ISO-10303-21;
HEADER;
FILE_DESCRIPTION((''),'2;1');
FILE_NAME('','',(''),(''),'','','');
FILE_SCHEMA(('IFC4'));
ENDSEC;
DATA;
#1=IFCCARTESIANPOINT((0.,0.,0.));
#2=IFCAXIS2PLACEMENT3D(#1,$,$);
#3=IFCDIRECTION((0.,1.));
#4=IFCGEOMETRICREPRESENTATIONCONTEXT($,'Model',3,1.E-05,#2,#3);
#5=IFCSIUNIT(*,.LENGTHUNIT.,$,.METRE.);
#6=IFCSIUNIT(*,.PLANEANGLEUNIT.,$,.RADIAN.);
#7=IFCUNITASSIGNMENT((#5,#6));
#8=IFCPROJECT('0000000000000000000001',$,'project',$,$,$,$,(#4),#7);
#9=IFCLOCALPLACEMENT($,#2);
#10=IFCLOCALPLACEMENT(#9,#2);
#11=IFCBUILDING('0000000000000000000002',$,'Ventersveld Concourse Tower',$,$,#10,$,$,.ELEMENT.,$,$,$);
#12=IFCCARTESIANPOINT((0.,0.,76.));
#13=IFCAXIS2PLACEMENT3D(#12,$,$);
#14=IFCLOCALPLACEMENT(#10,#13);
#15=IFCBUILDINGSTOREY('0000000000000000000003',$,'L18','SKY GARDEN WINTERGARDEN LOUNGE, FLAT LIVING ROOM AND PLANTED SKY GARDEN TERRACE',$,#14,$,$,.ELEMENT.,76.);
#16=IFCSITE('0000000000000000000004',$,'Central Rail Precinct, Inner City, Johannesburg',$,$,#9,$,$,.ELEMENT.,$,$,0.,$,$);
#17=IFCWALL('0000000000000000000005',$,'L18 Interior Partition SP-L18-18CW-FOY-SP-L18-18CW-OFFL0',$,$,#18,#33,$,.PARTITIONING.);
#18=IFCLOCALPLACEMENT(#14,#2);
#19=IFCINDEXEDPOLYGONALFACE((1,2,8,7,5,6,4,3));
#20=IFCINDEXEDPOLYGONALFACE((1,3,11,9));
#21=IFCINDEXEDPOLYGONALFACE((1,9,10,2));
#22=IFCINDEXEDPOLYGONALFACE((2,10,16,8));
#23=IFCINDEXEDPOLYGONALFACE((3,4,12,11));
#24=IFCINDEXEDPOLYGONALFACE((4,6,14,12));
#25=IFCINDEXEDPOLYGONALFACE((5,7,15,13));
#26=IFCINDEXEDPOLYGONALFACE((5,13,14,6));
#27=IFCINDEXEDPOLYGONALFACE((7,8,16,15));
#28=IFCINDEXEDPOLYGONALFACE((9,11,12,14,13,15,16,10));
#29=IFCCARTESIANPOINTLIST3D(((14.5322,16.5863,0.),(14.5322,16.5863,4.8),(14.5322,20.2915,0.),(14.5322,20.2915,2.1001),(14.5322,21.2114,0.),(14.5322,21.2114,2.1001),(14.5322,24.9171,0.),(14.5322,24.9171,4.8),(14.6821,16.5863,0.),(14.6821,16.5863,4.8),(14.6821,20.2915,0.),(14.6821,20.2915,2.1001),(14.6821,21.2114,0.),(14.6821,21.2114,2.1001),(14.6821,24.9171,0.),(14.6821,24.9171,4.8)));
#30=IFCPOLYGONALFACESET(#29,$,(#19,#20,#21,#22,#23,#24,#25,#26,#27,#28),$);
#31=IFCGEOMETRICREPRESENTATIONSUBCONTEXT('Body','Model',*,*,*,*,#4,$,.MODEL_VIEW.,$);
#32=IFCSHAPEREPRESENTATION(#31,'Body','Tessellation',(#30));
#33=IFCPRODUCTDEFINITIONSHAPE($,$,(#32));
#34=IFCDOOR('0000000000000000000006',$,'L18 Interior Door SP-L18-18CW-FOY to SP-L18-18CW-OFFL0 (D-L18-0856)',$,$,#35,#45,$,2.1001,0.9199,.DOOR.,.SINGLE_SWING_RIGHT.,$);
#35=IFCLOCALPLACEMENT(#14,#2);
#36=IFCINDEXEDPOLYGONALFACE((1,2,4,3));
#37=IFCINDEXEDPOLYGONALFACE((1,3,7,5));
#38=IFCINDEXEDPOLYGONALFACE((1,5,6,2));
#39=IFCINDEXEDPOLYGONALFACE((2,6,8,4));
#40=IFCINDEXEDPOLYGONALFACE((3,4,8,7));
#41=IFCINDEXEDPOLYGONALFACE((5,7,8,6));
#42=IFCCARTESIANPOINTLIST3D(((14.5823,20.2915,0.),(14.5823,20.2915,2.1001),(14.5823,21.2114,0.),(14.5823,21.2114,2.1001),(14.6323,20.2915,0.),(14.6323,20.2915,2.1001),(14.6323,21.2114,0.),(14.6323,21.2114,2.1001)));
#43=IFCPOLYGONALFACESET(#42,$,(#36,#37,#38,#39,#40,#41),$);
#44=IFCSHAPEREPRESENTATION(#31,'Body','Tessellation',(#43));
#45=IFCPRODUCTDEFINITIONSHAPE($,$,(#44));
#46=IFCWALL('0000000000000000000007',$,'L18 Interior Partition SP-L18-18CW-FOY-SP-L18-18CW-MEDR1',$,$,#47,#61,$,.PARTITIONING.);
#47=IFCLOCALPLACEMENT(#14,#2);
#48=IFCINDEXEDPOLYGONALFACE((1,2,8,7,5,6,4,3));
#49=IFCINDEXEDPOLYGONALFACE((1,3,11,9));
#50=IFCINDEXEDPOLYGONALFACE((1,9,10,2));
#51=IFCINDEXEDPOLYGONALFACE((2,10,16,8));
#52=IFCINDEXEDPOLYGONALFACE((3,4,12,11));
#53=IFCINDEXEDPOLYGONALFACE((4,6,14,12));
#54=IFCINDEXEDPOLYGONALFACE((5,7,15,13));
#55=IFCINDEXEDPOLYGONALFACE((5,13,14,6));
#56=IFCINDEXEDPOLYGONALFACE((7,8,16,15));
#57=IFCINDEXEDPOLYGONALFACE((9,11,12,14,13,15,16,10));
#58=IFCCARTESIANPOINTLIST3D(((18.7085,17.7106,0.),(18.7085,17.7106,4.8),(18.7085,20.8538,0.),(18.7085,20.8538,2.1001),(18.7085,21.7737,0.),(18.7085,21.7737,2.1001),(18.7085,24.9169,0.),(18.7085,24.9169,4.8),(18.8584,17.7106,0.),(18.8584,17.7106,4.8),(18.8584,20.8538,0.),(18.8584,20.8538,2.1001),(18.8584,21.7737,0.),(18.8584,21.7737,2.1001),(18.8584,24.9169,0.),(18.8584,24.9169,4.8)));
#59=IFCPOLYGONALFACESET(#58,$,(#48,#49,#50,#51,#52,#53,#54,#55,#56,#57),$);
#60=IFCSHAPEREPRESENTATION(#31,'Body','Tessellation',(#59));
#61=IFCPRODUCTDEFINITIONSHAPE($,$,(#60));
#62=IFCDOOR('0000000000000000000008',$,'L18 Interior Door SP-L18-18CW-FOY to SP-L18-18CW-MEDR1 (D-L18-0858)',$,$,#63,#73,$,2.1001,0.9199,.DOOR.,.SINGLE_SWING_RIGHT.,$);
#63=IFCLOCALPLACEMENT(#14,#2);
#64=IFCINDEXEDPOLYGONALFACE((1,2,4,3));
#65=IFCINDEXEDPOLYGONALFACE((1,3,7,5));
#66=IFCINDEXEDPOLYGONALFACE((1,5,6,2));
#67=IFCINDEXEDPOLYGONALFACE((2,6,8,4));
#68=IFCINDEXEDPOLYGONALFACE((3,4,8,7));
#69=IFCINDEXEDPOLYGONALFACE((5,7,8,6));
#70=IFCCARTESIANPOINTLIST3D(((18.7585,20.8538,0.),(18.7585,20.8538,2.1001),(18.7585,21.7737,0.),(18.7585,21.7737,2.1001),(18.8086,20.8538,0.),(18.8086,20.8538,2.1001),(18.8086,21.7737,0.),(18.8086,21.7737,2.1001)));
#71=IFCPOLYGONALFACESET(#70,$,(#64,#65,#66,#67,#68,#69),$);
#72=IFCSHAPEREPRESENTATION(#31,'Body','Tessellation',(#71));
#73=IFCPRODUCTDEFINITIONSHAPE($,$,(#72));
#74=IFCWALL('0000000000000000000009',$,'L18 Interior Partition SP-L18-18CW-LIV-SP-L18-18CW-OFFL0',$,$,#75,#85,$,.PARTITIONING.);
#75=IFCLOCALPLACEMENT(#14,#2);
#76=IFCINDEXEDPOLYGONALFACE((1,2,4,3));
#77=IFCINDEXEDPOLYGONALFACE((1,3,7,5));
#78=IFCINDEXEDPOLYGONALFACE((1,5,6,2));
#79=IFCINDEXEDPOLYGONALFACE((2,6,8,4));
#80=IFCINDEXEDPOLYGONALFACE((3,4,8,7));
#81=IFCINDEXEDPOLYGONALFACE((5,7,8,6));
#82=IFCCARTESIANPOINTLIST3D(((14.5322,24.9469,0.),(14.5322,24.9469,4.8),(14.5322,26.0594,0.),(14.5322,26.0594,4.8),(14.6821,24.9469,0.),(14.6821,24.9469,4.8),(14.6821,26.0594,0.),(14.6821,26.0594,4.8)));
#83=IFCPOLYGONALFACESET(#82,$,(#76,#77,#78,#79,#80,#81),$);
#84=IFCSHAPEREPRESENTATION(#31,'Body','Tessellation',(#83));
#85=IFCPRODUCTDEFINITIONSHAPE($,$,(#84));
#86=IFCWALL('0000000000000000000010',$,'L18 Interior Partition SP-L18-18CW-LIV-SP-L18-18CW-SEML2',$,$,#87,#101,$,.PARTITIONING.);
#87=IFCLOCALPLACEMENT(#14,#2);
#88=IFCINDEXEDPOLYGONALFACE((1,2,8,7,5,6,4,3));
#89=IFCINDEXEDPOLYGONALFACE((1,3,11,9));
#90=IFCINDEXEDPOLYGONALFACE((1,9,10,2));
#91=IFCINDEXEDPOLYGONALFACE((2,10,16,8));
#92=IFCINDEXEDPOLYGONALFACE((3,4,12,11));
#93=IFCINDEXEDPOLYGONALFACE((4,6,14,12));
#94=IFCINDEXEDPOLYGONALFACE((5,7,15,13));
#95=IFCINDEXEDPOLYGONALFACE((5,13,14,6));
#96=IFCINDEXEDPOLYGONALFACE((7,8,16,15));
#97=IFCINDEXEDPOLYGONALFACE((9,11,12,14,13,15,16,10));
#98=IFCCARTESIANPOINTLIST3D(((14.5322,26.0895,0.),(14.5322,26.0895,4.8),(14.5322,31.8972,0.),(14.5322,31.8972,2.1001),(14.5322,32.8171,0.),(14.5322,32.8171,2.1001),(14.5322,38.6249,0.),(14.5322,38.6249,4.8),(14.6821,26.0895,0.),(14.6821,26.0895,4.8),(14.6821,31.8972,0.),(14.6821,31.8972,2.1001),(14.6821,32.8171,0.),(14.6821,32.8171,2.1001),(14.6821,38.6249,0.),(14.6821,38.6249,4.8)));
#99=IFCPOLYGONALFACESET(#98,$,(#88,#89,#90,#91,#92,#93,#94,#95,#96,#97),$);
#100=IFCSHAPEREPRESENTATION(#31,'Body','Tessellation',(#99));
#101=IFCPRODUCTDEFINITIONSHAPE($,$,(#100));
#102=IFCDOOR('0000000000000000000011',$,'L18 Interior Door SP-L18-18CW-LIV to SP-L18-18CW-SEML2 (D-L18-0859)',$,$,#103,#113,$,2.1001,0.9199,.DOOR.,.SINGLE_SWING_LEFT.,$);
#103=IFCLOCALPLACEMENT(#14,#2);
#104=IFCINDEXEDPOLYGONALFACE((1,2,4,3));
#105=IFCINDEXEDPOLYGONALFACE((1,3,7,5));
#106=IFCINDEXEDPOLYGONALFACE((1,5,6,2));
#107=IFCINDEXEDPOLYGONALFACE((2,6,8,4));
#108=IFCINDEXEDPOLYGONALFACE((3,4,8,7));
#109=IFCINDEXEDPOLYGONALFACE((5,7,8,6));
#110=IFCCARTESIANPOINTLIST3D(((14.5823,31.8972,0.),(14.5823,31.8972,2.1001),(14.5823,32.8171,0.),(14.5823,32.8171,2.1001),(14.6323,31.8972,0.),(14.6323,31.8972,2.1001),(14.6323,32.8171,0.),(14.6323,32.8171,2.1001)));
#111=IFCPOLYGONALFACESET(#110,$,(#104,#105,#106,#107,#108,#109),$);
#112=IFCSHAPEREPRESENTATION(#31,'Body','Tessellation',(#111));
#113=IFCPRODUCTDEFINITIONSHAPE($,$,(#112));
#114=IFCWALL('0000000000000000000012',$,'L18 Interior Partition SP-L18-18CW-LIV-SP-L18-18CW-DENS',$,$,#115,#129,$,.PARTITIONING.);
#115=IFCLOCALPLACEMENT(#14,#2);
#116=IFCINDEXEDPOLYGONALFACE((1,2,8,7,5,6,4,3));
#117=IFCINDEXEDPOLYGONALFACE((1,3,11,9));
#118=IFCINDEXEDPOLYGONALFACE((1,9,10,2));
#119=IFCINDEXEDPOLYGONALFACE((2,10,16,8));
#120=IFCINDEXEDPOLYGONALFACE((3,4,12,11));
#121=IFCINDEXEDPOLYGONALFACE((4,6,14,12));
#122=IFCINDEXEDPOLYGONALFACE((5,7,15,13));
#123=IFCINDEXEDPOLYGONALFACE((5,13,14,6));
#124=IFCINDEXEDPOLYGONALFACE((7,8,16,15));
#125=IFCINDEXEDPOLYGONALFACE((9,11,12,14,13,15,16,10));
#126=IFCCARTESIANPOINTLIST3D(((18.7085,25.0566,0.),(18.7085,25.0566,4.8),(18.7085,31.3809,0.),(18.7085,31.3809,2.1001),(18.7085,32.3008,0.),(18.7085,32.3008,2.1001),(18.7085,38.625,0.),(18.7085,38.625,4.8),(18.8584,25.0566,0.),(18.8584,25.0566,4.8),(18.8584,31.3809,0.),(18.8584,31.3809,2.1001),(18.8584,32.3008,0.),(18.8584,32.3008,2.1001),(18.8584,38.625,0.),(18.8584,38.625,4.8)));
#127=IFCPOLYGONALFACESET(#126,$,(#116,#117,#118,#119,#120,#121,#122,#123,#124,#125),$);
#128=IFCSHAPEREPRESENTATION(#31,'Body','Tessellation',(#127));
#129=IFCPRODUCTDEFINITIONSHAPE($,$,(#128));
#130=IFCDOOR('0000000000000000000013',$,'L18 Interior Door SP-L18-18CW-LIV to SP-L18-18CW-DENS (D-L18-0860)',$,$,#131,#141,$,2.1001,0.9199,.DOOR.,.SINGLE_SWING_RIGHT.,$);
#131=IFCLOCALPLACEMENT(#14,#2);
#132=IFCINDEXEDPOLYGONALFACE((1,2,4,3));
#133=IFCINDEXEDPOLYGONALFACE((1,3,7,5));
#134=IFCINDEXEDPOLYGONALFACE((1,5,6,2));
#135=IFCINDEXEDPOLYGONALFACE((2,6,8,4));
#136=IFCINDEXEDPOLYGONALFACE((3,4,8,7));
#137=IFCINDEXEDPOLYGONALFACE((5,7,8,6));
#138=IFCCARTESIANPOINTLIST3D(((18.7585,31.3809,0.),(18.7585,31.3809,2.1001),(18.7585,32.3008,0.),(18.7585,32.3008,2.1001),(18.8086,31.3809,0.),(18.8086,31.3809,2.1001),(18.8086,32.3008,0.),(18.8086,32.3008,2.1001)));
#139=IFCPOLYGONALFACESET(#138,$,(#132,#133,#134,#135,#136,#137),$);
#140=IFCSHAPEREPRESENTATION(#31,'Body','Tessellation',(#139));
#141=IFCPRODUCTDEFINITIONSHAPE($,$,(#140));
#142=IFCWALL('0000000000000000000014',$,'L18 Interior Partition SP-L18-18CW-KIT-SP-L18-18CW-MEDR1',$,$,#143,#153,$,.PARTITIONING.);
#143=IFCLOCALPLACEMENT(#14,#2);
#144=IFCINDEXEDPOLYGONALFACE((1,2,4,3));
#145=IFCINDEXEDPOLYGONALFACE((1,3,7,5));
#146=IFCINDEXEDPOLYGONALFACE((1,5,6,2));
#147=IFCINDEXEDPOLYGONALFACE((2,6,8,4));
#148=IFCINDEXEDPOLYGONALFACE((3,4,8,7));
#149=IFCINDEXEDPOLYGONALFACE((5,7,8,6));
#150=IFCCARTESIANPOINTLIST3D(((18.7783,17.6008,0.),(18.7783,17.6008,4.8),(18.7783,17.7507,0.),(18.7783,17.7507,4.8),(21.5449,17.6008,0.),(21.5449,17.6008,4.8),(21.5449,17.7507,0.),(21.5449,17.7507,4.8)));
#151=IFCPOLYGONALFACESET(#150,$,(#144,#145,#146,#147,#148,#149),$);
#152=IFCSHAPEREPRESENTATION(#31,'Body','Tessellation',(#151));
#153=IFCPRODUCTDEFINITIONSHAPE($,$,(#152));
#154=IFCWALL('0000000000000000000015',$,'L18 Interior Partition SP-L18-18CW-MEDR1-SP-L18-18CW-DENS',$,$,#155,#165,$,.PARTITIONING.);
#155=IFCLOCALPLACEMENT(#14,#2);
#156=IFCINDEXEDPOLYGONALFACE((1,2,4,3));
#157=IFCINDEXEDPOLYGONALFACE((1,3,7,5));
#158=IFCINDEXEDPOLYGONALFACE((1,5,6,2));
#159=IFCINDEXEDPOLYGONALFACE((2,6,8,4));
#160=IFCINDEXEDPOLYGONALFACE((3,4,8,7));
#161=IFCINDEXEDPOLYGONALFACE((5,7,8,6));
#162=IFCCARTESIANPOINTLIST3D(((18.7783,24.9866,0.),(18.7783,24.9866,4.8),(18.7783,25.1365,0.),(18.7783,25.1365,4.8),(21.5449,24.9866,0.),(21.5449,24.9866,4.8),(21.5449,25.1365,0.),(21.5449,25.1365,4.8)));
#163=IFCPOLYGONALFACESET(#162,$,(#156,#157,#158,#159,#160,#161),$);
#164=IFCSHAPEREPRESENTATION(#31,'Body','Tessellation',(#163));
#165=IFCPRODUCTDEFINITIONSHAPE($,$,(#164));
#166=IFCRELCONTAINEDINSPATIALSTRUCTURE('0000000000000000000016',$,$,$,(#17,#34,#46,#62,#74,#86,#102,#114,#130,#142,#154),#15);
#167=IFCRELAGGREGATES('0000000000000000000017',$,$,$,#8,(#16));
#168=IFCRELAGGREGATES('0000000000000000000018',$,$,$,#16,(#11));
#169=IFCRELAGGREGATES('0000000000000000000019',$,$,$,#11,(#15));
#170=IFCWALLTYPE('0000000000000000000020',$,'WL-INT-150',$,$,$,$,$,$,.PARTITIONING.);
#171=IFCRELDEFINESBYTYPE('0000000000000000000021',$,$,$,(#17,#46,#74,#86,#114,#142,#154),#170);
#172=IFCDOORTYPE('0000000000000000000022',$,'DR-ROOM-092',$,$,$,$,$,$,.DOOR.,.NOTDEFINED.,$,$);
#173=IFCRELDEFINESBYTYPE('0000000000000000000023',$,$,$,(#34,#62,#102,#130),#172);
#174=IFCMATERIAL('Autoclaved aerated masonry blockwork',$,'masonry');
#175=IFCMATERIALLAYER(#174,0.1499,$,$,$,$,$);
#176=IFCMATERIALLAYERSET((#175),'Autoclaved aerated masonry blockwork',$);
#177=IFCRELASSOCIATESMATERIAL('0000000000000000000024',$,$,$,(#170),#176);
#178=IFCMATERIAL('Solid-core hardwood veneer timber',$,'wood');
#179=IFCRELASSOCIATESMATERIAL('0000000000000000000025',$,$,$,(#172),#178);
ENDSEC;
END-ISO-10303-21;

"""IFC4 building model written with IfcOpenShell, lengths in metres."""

from ifc_helpers import new_model, si_unit, direction, frame, frame_2d, origin, place, context, subcontext, project, spatial, rectangle, extrude, material, layer, layer_set, type_object, element, fill, save


model = new_model("IFC4")

# Units and contexts
model_context = context("Model", 3, precision=1e-05, world=origin(), true_north=direction((0.0, 1.0)))
body_context = subcontext(model_context, "Body", "Model", "MODEL_VIEW")
ifc_project = project(units=[si_unit("LENGTHUNIT", "METRE"), si_unit("PLANEANGLEUNIT", "RADIAN")], contexts=[model_context])

# Site, building, storey
site_placement = place(None, origin())
site = spatial("IfcSite", under=ifc_project, at=site_placement, Name="Central Rail Precinct, Inner City, Johannesburg", CompositionType="ELEMENT", RefElevation=0.0)
building_placement = place(site_placement, origin())
building = spatial("IfcBuilding", under=site, at=building_placement, Name="Ventersveld Concourse Tower", CompositionType="ELEMENT")
storey_placement = place(building_placement, frame((0.0, 0.0, 76.0)))
storey = spatial("IfcBuildingStorey", under=building, at=storey_placement, Name="L18", Description="SKY GARDEN WINTERGARDEN LOUNGE, FLAT LIVING ROOM AND PLANTED SKY GARDEN TERRACE", CompositionType="ELEMENT", Elevation=76.0)

# Shared definitions
ifc_material_1 = material(Name="Solid-core hardwood veneer timber", Category="wood")

# Walls, openings, doors
ifc_material_2 = material(Name="Autoclaved aerated masonry blockwork", Category="masonry")
ifc_layer_1 = layer(ifc_material_2, 0.1499)
ifc_layer_set_1 = layer_set([ifc_layer_1], Name="Autoclaved aerated masonry blockwork")
wall_type_1 = type_object("IfcWallType", Name="WL-INT-150", PredefinedType="PARTITIONING", material=ifc_layer_set_1)
door_type_1 = type_object("IfcDoorType", Name="DR-ROOM-092", OperationType="NOTDEFINED", PredefinedType="DOOR", material=ifc_material_1)
wall_1_placement = place(storey_placement, frame((14.6072, 16.5862, 0.0), z_axis=(0.0, 0.0, 1.0), x_axis=(0.0, 1.0, 0.0)))
wall_1 = element("IfcWall", 1, at=wall_1_placement, inside=storey, type_object=wall_type_1, Name="L18 Interior Partition SP-L18-18CW-FOY-SP-L18-18CW-OFFL0", PredefinedType="PARTITIONING", context=body_context, shape_type="SweptSolid", body=[
    extrude(rectangle(XDim=8.3308, YDim=0.1499, at=frame_2d((4.1655, 0.0))), origin(), (0.0, 0.0, 1.0), 4.8),
])
opening_1_placement = place(wall_1_placement, frame((3.7053, 0.0, 0.0)))
opening_1 = element("IfcOpeningElement", 2, at=opening_1_placement, cuts=wall_1, PredefinedType="OPENING", context=body_context, shape_type="SweptSolid", body=[
    extrude(rectangle(XDim=0.9199, YDim=2.1001, at=frame_2d((0.46, 1.05))), frame((0.0, 0.085, 0.0), z_axis=(0.0, -1.0, 0.0), x_axis=(1.0, 0.0, 0.0)), (0.0, 0.0, 1.0), 0.1699),
])
door_1_placement = place(opening_1_placement, origin())
door_1 = element("IfcDoor", 3, at=door_1_placement, inside=storey, type_object=door_type_1, Name="L18 Interior Door SP-L18-18CW-FOY to SP-L18-18CW-OFFL0 (D-L18-0856)", OperationType="SINGLE_SWING_RIGHT", OverallHeight=2.1001, OverallWidth=0.9199, PredefinedType="DOOR", context=body_context, shape_type="SweptSolid", body=[
    extrude(rectangle(XDim=0.9199, YDim=2.1001, at=frame_2d((0.46, 1.05))), frame((0.0, 0.0249, 0.0), z_axis=(0.0, -1.0, 0.0), x_axis=(1.0, 0.0, 0.0)), (0.0, 0.0, 1.0), 0.05),
])
fill(opening_1, door_1)
wall_2_placement = place(storey_placement, frame((18.7834, 17.7107, 0.0), z_axis=(0.0, 0.0, 1.0), x_axis=(0.0, 1.0, 0.0)))
wall_2 = element("IfcWall", 4, at=wall_2_placement, inside=storey, type_object=wall_type_1, Name="L18 Interior Partition SP-L18-18CW-FOY-SP-L18-18CW-MEDR1", PredefinedType="PARTITIONING", context=body_context, shape_type="SweptSolid", body=[
    extrude(rectangle(XDim=7.2063, YDim=0.1499, at=frame_2d((3.603, 0.0))), origin(), (0.0, 0.0, 1.0), 4.8),
])
opening_2_placement = place(wall_2_placement, frame((3.1431, 0.0, 0.0)))
opening_2 = element("IfcOpeningElement", 5, at=opening_2_placement, cuts=wall_2, PredefinedType="OPENING", context=body_context, shape_type="SweptSolid", body=[
    extrude(rectangle(XDim=0.9199, YDim=2.1001, at=frame_2d((0.46, 1.05))), frame((0.0, 0.085, 0.0), z_axis=(0.0, -1.0, 0.0), x_axis=(1.0, 0.0, 0.0)), (0.0, 0.0, 1.0), 0.1699),
])
door_2_placement = place(opening_2_placement, origin())
door_2 = element("IfcDoor", 6, at=door_2_placement, inside=storey, type_object=door_type_1, Name="L18 Interior Door SP-L18-18CW-FOY to SP-L18-18CW-MEDR1 (D-L18-0858)", OperationType="SINGLE_SWING_RIGHT", OverallHeight=2.1001, OverallWidth=0.9199, PredefinedType="DOOR", context=body_context, shape_type="SweptSolid", body=[
    extrude(rectangle(XDim=0.9199, YDim=2.1001, at=frame_2d((0.46, 1.05))), frame((0.0, 0.0249, 0.0), z_axis=(0.0, -1.0, 0.0), x_axis=(1.0, 0.0, 0.0)), (0.0, 0.0, 1.0), 0.05),
])
fill(opening_2, door_2)

# Wall
wall_3_placement = place(storey_placement, frame((14.6072, 24.947, 0.0), z_axis=(0.0, 0.0, 1.0), x_axis=(0.0, 1.0, 0.0)))
element("IfcWall", 7, at=wall_3_placement, inside=storey, type_object=wall_type_1, Name="L18 Interior Partition SP-L18-18CW-LIV-SP-L18-18CW-OFFL0", PredefinedType="PARTITIONING", context=body_context, shape_type="SweptSolid", body=[
    extrude(rectangle(XDim=1.1125, YDim=0.1499, at=frame_2d((0.5562, 0.0))), origin(), (0.0, 0.0, 1.0), 4.8),
])

# Walls, openings, doors
wall_4_placement = place(storey_placement, frame((14.6072, 26.0896, 0.0), z_axis=(0.0, 0.0, 1.0), x_axis=(0.0, 1.0, 0.0)))
wall_4 = element("IfcWall", 8, at=wall_4_placement, inside=storey, type_object=wall_type_1, Name="L18 Interior Partition SP-L18-18CW-LIV-SP-L18-18CW-SEML2", PredefinedType="PARTITIONING", context=body_context, shape_type="SweptSolid", body=[
    extrude(rectangle(XDim=12.5354, YDim=0.1499, at=frame_2d((6.2676, 0.0))), origin(), (0.0, 0.0, 1.0), 4.8),
])
opening_3_placement = place(wall_4_placement, frame((5.8076, 0.0, 0.0)))
opening_3 = element("IfcOpeningElement", 9, at=opening_3_placement, cuts=wall_4, PredefinedType="OPENING", context=body_context, shape_type="SweptSolid", body=[
    extrude(rectangle(XDim=0.9199, YDim=2.1001, at=frame_2d((0.46, 1.05))), frame((0.0, 0.085, 0.0), z_axis=(0.0, -1.0, 0.0), x_axis=(1.0, 0.0, 0.0)), (0.0, 0.0, 1.0), 0.1699),
])
door_3_placement = place(opening_3_placement, origin())
door_3 = element("IfcDoor", 10, at=door_3_placement, inside=storey, type_object=door_type_1, Name="L18 Interior Door SP-L18-18CW-LIV to SP-L18-18CW-SEML2 (D-L18-0859)", OperationType="SINGLE_SWING_LEFT", OverallHeight=2.1001, OverallWidth=0.9199, PredefinedType="DOOR", context=body_context, shape_type="SweptSolid", body=[
    extrude(rectangle(XDim=0.9199, YDim=2.1001, at=frame_2d((0.46, 1.05))), frame((0.0, 0.0249, 0.0), z_axis=(0.0, -1.0, 0.0), x_axis=(1.0, 0.0, 0.0)), (0.0, 0.0, 1.0), 0.05),
])
fill(opening_3, door_3)
wall_5_placement = place(storey_placement, frame((18.7834, 25.0566, 0.0), z_axis=(0.0, 0.0, 1.0), x_axis=(0.0, 1.0, 0.0)))
wall_5 = element("IfcWall", 11, at=wall_5_placement, inside=storey, type_object=wall_type_1, Name="L18 Interior Partition SP-L18-18CW-LIV-SP-L18-18CW-DENS", PredefinedType="PARTITIONING", context=body_context, shape_type="SweptSolid", body=[
    extrude(rectangle(XDim=13.5684, YDim=0.1499, at=frame_2d((6.7842, 0.0))), origin(), (0.0, 0.0, 1.0), 4.8),
])
opening_4_placement = place(wall_5_placement, frame((6.3242, 0.0, 0.0)))
opening_4 = element("IfcOpeningElement", 12, at=opening_4_placement, cuts=wall_5, PredefinedType="OPENING", context=body_context, shape_type="SweptSolid", body=[
    extrude(rectangle(XDim=0.9199, YDim=2.1001, at=frame_2d((0.46, 1.05))), frame((0.0, 0.085, 0.0), z_axis=(0.0, -1.0, 0.0), x_axis=(1.0, 0.0, 0.0)), (0.0, 0.0, 1.0), 0.1699),
])
door_4_placement = place(opening_4_placement, origin())
door_4 = element("IfcDoor", 13, at=door_4_placement, inside=storey, type_object=door_type_1, Name="L18 Interior Door SP-L18-18CW-LIV to SP-L18-18CW-DENS (D-L18-0860)", OperationType="SINGLE_SWING_RIGHT", OverallHeight=2.1001, OverallWidth=0.9199, PredefinedType="DOOR", context=body_context, shape_type="SweptSolid", body=[
    extrude(rectangle(XDim=0.9199, YDim=2.1001, at=frame_2d((0.46, 1.05))), frame((0.0, 0.0249, 0.0), z_axis=(0.0, -1.0, 0.0), x_axis=(1.0, 0.0, 0.0)), (0.0, 0.0, 1.0), 0.05),
])
fill(opening_4, door_4)

# Walls
for number, where, z_axis, x_axis, name in (
    (14, (18.7783, 17.6758, 0.0), (0.0, 0.0, 1.0), (1.0, 0.0, 0.0), "L18 Interior Partition SP-L18-18CW-KIT-SP-L18-18CW-MEDR1"),
    (15, (18.7783, 25.0615, 0.0), (0.0, 0.0, 1.0), (1.0, 0.0, 0.0), "L18 Interior Partition SP-L18-18CW-MEDR1-SP-L18-18CW-DENS"),
):
    element("IfcWall", number, at=place(storey_placement, frame(where, z_axis=z_axis, x_axis=x_axis)), inside=storey, type_object=wall_type_1, Name=name, PredefinedType="PARTITIONING", context=body_context, shape_type="SweptSolid", body=[
        extrude(rectangle(XDim=2.7666, YDim=0.1499, at=frame_2d((1.3833, 0.0))), origin(), (0.0, 0.0, 1.0), 4.8),
    ])

save(model, "model.ifc")
